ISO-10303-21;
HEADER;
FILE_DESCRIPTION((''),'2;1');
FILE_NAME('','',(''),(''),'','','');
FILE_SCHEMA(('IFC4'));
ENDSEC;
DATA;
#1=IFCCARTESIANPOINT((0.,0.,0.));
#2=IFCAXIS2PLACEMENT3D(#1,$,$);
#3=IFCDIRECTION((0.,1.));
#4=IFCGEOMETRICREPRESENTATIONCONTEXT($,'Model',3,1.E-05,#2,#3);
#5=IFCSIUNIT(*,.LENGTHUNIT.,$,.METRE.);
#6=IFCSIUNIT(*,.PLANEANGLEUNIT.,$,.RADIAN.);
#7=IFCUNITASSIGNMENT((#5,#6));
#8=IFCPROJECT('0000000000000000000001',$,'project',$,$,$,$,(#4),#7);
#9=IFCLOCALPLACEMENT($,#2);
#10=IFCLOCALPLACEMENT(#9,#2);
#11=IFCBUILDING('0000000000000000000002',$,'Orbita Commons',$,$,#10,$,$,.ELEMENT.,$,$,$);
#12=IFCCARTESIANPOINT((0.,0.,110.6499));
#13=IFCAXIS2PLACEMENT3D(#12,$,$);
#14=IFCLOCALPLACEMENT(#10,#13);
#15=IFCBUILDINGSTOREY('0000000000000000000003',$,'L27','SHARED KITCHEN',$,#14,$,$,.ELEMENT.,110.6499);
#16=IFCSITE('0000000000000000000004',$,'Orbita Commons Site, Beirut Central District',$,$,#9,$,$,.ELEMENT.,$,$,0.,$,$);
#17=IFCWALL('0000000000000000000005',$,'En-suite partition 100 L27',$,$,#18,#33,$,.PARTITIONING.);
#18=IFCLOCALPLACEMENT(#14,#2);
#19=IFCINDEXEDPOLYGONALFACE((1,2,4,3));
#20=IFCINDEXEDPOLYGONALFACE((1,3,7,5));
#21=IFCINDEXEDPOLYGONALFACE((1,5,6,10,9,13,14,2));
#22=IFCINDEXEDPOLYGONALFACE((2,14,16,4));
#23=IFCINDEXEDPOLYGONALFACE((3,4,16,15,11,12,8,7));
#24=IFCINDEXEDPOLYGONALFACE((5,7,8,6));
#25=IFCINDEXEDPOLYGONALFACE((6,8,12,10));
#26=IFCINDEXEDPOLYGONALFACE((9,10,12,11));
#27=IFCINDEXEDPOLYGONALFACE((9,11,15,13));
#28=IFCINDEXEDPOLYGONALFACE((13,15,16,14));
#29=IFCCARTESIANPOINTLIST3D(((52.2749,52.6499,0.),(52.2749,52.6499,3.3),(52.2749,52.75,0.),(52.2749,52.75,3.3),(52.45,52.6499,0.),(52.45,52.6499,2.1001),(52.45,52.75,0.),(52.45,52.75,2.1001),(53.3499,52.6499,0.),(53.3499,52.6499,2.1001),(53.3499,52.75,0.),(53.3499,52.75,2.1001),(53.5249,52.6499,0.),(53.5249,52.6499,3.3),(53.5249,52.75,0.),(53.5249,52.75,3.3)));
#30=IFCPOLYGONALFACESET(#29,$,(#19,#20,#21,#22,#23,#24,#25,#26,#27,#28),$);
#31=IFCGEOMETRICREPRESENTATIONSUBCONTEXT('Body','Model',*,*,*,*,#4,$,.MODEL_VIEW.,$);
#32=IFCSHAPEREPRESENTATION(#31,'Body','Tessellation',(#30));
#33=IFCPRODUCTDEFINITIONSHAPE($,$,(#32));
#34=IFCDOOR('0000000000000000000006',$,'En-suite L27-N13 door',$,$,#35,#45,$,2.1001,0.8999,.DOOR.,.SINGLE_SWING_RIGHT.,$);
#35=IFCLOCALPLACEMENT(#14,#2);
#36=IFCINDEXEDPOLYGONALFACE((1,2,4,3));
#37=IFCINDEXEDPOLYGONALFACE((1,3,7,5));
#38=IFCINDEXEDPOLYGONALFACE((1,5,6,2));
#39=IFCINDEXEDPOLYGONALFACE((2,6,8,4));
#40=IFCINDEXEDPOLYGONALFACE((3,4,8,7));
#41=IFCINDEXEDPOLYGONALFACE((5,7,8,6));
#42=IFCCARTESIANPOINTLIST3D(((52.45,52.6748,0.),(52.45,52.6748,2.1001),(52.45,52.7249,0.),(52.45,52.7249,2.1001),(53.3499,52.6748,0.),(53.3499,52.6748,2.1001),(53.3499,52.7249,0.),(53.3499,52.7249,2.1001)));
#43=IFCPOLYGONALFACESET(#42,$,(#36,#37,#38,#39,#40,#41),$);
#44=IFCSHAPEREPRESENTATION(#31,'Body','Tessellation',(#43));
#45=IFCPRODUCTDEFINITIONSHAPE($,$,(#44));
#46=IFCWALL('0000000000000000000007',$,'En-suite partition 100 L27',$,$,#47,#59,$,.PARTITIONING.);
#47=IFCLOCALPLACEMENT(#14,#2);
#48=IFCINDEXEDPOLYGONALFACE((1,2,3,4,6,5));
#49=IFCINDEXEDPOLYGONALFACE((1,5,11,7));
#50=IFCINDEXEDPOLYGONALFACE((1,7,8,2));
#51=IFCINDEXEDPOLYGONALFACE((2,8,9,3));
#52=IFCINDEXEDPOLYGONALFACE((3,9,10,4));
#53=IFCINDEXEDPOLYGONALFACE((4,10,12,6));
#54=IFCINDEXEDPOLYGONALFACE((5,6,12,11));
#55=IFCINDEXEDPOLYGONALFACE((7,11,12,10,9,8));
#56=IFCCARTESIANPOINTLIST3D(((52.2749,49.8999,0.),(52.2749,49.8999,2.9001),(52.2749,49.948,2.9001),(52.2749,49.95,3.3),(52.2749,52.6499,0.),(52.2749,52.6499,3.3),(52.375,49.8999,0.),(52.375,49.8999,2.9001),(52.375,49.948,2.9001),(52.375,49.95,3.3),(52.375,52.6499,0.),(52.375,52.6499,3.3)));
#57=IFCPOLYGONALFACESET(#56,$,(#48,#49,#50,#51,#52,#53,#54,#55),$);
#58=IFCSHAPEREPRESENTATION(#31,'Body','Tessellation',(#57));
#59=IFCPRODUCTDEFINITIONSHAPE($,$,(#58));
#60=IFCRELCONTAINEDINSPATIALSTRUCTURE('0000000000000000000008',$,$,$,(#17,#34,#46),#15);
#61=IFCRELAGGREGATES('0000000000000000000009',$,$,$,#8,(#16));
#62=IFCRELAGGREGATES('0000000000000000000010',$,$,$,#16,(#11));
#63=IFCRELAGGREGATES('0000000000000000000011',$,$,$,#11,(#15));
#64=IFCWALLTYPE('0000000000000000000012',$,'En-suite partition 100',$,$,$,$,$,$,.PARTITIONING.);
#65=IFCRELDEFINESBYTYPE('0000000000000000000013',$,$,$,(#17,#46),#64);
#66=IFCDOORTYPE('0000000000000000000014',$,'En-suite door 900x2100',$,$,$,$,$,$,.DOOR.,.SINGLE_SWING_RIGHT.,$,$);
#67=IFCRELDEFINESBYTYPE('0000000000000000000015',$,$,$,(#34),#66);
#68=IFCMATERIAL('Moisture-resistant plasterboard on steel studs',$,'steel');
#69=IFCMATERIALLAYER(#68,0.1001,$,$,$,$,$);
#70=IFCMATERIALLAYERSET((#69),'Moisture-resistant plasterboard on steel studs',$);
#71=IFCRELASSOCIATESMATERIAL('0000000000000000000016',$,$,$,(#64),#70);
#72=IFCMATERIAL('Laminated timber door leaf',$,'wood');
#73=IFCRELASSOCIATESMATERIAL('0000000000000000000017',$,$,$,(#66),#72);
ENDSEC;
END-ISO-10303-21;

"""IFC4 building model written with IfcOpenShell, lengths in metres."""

from ifc_helpers import new_model, si_unit, direction, frame, frame_2d, origin, place, context, subcontext, project, spatial, polyline, rectangle, outline, extrude, material, layer, layer_set, type_object, element, fill, save


model = new_model("IFC4")

# Units and contexts
model_context = context("Model", 3, precision=1e-05, world=origin(), true_north=direction((0.0, 1.0)))
body_context = subcontext(model_context, "Body", "Model", "MODEL_VIEW")
ifc_project = project(units=[si_unit("LENGTHUNIT", "METRE"), si_unit("PLANEANGLEUNIT", "RADIAN")], contexts=[model_context])

# Site, building, storey
site_placement = place(None, origin())
site = spatial("IfcSite", under=ifc_project, at=site_placement, Name="Orbita Commons Site, Beirut Central District", CompositionType="ELEMENT", RefElevation=0.0)
building_placement = place(site_placement, origin())
building = spatial("IfcBuilding", under=site, at=building_placement, Name="Orbita Commons", CompositionType="ELEMENT")
storey_placement = place(building_placement, frame((0.0, 0.0, 110.6499)))
storey = spatial("IfcBuildingStorey", under=building, at=storey_placement, Name="L27", Description="SHARED KITCHEN", CompositionType="ELEMENT", Elevation=110.6499)

# Shared definitions
ifc_material_1 = material(Name="Moisture-resistant plasterboard on steel studs", Category="steel")
ifc_layer_1 = layer(ifc_material_1, 0.1001)
ifc_layer_set_1 = layer_set([ifc_layer_1], Name="Moisture-resistant plasterboard on steel studs")
wall_type_1 = type_object("IfcWallType", Name="En-suite partition 100", PredefinedType="PARTITIONING", material=ifc_layer_set_1)
ifc_material_2 = material(Name="Laminated timber door leaf", Category="wood")
door_type_1 = type_object("IfcDoorType", Name="En-suite door 900x2100", OperationType="SINGLE_SWING_RIGHT", PredefinedType="DOOR", material=ifc_material_2)

# Wall, opening, door
wall_1_placement = place(storey_placement, frame((52.2749, 52.7, 0.0), z_axis=(0.0, 0.0, 1.0), x_axis=(1.0, 0.0, 0.0)))
wall_1 = element("IfcWall", 1, at=wall_1_placement, inside=storey, type_object=wall_type_1, Name="En-suite partition 100 L27", PredefinedType="PARTITIONING", context=body_context, shape_type="SweptSolid", body=[
    extrude(rectangle(XDim=1.25, YDim=0.1001, at=frame_2d((0.625, 0.0))), origin(), (0.0, 0.0, 1.0), 3.3),
])
opening_1_placement = place(wall_1_placement, frame((0.175, 0.0, 0.0)))
opening_1 = element("IfcOpeningElement", 2, at=opening_1_placement, cuts=wall_1, PredefinedType="OPENING", context=body_context, shape_type="SweptSolid", body=[
    extrude(rectangle(XDim=0.8999, YDim=2.1001, at=frame_2d((0.45, 1.05))), frame((0.0, 0.0601, 0.0), z_axis=(0.0, -1.0, 0.0), x_axis=(1.0, 0.0, 0.0)), (0.0, 0.0, 1.0), 0.1201),
])
door_1_placement = place(opening_1_placement, origin())
door_1 = element("IfcDoor", 3, at=door_1_placement, inside=storey, type_object=door_type_1, Name="En-suite L27-N13 door", OperationType="SINGLE_SWING_RIGHT", OverallHeight=2.1001, OverallWidth=0.8999, PredefinedType="DOOR", context=body_context, shape_type="SweptSolid", body=[
    extrude(rectangle(XDim=0.8999, YDim=2.1001, at=frame_2d((0.45, 1.05))), frame((0.0, 0.0249, 0.0), z_axis=(0.0, -1.0, 0.0), x_axis=(1.0, 0.0, 0.0)), (0.0, 0.0, 1.0), 0.05),
])
fill(opening_1, door_1)

# Wall
wall_2_placement = place(storey_placement, frame((52.325, 52.6499, 0.0), z_axis=(0.0, 0.0, 1.0), x_axis=(0.0, -1.0, 0.0)))
element("IfcWall", 4, at=wall_2_placement, inside=storey, type_object=wall_type_1, Name="En-suite partition 100 L27", PredefinedType="PARTITIONING", context=body_context, shape_type="SweptSolid", body=[
    extrude(outline(polyline([(0.0, 0.0), (2.75, 0.0), (2.75, 2.9001), (2.7019, 2.9001), (2.7, 3.3), (0.0, 3.3), (0.0, 0.0)])), frame((0.0, 0.05, 0.0), z_axis=(0.0, -1.0, 0.0), x_axis=(1.0, 0.0, 0.0)), (0.0, 0.0, 1.0), 0.1001),
])

save(model, "model.ifc")
